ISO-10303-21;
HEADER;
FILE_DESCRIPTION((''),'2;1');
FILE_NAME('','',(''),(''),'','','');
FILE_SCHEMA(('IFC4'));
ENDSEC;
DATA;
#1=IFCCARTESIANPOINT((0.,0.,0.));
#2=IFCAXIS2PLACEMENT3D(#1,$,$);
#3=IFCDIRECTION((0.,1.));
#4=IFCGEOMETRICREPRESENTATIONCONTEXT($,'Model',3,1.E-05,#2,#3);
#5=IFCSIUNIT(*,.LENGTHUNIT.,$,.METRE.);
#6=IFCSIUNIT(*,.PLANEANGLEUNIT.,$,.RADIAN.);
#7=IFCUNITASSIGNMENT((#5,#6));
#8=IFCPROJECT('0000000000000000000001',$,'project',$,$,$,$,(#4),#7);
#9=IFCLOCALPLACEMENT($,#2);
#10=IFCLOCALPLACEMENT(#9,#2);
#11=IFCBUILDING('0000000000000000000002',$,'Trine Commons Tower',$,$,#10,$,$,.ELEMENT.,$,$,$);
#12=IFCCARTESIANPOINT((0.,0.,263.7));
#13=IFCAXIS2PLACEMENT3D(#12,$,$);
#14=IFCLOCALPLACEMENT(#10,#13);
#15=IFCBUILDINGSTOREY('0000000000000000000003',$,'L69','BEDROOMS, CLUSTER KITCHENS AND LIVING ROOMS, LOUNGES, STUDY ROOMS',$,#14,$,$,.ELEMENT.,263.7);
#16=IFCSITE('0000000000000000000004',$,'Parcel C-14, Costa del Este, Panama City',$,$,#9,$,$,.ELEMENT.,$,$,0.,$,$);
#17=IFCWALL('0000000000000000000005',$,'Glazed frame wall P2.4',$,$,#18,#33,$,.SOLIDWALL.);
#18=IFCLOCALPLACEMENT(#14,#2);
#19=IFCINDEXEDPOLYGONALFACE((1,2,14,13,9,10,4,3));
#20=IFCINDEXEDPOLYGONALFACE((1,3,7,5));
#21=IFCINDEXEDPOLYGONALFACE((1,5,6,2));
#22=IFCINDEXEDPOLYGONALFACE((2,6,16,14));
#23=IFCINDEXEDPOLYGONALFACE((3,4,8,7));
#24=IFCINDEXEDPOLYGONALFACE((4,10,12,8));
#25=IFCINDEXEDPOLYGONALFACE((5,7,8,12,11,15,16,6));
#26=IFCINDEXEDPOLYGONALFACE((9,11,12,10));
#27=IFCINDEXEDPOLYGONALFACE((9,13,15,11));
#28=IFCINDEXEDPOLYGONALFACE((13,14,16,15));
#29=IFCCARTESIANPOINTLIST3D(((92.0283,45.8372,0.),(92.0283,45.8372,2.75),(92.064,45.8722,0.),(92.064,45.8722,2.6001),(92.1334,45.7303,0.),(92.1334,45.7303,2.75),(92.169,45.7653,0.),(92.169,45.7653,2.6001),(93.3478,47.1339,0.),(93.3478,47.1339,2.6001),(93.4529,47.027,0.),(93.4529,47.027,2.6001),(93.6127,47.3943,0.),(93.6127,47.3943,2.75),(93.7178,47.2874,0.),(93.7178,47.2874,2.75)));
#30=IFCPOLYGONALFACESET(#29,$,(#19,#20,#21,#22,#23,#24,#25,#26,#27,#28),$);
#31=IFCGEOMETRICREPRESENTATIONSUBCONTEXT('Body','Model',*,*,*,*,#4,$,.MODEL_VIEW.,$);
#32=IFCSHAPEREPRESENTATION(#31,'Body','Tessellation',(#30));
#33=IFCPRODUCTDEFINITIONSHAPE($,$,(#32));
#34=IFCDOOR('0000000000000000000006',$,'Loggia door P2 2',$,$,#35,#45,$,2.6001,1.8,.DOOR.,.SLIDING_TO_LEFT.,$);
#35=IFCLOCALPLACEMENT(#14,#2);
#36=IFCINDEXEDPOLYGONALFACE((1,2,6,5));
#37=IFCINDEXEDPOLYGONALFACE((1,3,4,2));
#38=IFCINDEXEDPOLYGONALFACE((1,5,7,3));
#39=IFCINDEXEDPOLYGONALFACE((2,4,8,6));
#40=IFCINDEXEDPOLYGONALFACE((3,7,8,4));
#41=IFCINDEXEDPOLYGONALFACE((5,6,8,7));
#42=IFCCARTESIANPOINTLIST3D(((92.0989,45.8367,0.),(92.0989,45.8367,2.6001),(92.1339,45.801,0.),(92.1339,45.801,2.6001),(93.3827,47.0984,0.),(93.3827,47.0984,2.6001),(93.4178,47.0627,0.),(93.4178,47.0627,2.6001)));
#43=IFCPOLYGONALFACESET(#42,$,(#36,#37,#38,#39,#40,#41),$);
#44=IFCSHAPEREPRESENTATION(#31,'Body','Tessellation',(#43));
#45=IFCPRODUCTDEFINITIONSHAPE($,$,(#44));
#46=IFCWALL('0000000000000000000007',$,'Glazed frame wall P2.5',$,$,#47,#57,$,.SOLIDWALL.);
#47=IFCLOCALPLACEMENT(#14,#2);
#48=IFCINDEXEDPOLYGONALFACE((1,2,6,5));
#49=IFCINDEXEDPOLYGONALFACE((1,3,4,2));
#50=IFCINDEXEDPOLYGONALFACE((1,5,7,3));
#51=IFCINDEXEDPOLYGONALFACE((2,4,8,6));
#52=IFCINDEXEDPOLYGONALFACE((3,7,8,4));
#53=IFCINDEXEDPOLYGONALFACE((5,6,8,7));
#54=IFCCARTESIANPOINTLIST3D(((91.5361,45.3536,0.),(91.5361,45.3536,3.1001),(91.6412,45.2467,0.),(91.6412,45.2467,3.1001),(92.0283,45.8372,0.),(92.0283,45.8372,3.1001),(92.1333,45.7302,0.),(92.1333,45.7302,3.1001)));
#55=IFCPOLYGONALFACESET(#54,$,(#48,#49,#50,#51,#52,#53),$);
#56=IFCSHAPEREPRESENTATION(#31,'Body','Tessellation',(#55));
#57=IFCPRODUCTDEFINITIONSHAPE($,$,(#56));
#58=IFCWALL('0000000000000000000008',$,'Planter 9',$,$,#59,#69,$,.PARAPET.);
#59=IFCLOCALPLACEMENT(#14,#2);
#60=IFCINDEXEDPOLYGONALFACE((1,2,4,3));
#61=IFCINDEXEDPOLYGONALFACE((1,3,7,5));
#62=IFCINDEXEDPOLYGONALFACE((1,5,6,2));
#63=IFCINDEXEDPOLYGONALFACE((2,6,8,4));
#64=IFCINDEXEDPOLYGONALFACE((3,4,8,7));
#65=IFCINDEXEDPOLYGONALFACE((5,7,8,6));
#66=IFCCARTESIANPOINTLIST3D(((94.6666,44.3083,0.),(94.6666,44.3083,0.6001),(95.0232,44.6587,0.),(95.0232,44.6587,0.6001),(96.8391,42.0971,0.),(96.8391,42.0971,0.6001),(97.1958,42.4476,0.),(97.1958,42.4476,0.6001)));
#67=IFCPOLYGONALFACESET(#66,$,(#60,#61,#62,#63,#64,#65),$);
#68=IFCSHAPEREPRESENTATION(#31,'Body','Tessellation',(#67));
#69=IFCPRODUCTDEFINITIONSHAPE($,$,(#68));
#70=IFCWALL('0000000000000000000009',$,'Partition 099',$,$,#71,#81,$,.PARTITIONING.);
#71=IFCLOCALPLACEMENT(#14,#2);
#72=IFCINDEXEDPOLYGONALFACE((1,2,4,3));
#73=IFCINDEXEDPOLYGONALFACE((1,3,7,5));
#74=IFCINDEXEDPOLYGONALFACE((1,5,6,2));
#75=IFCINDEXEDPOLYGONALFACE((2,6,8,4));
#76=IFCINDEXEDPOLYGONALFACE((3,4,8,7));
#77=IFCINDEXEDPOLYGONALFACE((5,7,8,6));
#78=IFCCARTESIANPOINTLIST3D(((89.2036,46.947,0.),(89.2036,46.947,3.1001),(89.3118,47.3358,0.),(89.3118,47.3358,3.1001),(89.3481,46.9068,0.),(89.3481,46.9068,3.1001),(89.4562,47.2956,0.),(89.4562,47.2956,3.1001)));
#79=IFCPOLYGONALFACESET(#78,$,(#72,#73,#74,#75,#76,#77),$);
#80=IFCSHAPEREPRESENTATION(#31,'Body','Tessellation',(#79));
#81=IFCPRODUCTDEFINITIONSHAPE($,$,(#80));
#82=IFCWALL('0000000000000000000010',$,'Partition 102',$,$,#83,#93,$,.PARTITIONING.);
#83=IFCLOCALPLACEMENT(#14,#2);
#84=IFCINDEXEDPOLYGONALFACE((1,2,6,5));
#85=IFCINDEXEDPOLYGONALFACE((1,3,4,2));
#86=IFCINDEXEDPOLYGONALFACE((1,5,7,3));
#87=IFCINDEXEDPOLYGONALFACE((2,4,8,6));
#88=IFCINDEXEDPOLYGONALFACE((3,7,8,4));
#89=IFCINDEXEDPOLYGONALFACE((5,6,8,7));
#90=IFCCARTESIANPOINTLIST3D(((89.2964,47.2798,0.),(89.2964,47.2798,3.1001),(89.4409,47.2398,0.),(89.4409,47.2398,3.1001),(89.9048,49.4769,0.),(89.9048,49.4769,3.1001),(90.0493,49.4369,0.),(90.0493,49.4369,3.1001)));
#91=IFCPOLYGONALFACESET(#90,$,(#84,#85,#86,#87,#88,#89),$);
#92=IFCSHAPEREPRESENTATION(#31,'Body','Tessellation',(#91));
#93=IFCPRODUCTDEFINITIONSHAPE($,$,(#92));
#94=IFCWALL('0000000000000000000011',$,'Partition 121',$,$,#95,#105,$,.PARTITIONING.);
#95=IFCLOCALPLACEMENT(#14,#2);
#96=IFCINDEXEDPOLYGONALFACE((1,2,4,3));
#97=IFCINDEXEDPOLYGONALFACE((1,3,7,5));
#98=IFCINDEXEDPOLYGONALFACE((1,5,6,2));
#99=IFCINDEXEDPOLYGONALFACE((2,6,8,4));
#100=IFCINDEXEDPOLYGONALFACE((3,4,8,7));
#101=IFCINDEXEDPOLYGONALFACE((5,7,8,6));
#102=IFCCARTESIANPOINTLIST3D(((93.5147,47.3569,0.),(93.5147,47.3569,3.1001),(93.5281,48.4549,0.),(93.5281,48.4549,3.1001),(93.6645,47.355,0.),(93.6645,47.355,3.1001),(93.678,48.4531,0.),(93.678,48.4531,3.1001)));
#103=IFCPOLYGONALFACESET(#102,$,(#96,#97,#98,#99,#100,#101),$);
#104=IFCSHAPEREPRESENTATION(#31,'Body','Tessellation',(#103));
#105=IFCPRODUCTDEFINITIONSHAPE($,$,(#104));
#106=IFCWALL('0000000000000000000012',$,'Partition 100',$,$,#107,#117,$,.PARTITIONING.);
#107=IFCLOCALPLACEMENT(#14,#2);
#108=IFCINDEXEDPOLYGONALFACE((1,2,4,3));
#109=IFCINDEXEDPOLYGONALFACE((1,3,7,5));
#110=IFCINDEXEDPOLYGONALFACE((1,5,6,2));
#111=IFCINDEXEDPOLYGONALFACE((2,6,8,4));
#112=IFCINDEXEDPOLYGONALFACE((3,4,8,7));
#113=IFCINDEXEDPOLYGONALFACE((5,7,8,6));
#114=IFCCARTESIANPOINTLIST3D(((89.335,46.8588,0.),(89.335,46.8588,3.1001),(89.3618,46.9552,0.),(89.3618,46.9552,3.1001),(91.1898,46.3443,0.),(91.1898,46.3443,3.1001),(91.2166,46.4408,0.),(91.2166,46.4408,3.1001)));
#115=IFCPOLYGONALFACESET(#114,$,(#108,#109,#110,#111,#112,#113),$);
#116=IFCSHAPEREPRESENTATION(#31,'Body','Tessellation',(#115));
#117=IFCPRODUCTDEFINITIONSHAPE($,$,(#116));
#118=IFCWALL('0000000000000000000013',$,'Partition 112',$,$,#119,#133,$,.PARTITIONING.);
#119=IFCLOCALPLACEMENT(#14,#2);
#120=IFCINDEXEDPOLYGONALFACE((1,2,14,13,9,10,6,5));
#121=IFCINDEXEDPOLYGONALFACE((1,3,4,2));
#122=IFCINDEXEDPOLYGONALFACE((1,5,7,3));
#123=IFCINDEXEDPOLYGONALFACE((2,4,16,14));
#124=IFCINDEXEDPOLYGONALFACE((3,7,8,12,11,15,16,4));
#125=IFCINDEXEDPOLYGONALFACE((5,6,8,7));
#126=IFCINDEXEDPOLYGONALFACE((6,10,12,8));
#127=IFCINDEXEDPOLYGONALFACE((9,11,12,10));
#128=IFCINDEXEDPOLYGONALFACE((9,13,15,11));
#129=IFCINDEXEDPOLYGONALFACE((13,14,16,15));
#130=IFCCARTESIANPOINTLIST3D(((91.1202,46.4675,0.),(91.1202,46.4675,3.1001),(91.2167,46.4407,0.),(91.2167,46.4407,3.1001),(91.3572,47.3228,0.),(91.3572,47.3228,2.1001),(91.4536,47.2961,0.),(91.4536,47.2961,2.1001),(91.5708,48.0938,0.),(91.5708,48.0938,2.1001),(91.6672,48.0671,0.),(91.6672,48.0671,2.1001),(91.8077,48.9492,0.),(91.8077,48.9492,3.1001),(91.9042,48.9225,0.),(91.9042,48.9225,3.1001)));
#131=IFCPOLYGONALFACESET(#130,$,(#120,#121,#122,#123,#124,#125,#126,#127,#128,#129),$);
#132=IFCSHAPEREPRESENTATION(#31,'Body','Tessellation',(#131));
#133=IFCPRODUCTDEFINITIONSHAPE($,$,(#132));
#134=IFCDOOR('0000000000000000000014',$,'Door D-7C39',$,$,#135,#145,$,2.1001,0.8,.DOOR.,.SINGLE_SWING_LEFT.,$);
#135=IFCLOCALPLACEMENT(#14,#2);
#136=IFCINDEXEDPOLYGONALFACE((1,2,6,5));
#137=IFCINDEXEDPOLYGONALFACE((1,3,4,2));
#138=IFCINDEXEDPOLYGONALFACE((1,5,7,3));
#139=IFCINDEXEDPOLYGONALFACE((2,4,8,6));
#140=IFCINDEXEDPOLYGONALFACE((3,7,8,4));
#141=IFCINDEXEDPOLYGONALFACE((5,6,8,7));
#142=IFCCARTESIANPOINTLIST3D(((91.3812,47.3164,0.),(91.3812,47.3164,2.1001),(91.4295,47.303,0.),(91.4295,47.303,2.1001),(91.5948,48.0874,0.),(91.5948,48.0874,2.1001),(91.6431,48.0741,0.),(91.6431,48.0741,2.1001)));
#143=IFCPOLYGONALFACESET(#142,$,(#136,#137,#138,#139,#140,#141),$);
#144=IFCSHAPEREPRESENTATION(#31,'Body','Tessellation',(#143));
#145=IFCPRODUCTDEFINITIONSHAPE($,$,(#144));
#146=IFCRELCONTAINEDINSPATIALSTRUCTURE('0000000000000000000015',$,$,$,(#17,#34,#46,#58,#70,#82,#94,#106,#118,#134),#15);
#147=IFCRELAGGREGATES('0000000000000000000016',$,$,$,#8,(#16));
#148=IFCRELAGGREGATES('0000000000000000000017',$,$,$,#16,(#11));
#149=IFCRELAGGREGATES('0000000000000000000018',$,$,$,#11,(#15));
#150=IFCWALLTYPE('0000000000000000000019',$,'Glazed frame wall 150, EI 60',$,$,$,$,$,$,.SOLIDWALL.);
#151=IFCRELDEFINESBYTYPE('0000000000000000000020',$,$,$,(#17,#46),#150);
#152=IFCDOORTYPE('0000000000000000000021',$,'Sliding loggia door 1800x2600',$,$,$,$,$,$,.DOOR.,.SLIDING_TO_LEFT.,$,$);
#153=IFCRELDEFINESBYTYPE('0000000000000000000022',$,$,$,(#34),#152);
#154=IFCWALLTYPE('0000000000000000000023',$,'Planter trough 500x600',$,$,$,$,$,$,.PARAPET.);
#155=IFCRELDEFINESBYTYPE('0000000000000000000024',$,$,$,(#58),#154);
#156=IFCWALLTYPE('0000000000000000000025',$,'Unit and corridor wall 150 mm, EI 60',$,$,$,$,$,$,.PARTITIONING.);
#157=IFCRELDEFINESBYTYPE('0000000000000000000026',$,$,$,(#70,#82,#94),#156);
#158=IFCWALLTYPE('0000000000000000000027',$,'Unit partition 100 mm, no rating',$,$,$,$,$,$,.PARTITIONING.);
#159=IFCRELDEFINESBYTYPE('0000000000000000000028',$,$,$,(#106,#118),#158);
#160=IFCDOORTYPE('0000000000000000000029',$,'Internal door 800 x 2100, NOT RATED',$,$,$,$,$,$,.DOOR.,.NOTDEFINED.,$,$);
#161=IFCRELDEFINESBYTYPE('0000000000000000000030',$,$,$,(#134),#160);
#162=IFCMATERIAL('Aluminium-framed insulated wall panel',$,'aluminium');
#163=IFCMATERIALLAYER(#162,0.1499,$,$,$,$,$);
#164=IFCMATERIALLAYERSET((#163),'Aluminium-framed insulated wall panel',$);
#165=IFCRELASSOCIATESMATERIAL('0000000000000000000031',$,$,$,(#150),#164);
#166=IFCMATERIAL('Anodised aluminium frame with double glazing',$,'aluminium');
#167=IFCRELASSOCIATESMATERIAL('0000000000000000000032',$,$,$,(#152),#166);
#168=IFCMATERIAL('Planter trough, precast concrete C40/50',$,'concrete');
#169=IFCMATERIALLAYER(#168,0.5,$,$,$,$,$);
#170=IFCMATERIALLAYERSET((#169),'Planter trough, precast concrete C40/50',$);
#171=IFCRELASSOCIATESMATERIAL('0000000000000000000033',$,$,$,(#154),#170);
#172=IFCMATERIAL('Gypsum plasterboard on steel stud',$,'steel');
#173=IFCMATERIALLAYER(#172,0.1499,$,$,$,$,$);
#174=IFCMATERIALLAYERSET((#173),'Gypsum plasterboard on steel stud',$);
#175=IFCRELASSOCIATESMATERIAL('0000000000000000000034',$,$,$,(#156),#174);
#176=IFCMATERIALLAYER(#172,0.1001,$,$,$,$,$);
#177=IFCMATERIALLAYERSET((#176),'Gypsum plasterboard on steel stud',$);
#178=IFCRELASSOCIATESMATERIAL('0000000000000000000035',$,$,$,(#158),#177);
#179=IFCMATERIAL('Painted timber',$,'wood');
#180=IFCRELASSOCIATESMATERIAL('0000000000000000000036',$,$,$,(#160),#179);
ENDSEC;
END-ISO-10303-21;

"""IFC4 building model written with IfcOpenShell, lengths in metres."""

from ifc_helpers import new_model, si_unit, direction, frame, frame_2d, origin, place, context, subcontext, project, spatial, polyline, rectangle, outline, extrude, material, layer, layer_set, type_object, element, fill, save


model = new_model("IFC4")

# Units and contexts
model_context = context("Model", 3, precision=1e-05, world=origin(), true_north=direction((0.0, 1.0)))
body_context = subcontext(model_context, "Body", "Model", "MODEL_VIEW")
ifc_project = project(units=[si_unit("LENGTHUNIT", "METRE"), si_unit("PLANEANGLEUNIT", "RADIAN")], contexts=[model_context])

# Site, building, storey
site_placement = place(None, origin())
site = spatial("IfcSite", under=ifc_project, at=site_placement, Name="Parcel C-14, Costa del Este, Panama City", CompositionType="ELEMENT", RefElevation=0.0)
building_placement = place(site_placement, origin())
building = spatial("IfcBuilding", under=site, at=building_placement, Name="Trine Commons Tower", CompositionType="ELEMENT")
storey_placement = place(building_placement, frame((0.0, 0.0, 263.7)))
storey = spatial("IfcBuildingStorey", under=building, at=storey_placement, Name="L69", Description="BEDROOMS, CLUSTER KITCHENS AND LIVING ROOMS, LOUNGES, STUDY ROOMS", CompositionType="ELEMENT", Elevation=263.7)

# Wall, opening, door
ifc_material_1 = material(Name="Aluminium-framed insulated wall panel", Category="aluminium")
ifc_layer_1 = layer(ifc_material_1, 0.1499)
ifc_layer_set_1 = layer_set([ifc_layer_1], Name="Aluminium-framed insulated wall panel")
wall_type_1 = type_object("IfcWallType", Name="Glazed frame wall 150, EI 60", PredefinedType="SOLIDWALL", material=ifc_layer_set_1)
wall_1_placement = place(storey_placement, frame((93.6653, 47.3408, 0.0), z_axis=(0.0, 0.0, 1.0), x_axis=(-0.713234, -0.700926, 0.0)))
wall_1 = element("IfcWall", 1, at=wall_1_placement, inside=storey, type_object=wall_type_1, Name="Glazed frame wall P2.4", PredefinedType="SOLIDWALL", context=body_context, shape_type="SweptSolid", body=[
    extrude(outline(polyline([(0.0, -0.075), (2.2214, -0.075), (2.2214, 0.075), (0.0, 0.075), (0.0, -0.075)])), origin(), (0.0, 0.0, 1.0), 2.75),
])
opening_1_placement = place(wall_1_placement, frame((0.3716, 0.0, 0.0)))
opening_1 = element("IfcOpeningElement", 2, at=opening_1_placement, cuts=wall_1, PredefinedType="OPENING", context=body_context, shape_type="SweptSolid", body=[
    extrude(rectangle(XDim=1.8, YDim=2.6001, at=frame_2d((0.8999, 1.3))), frame((0.0, 0.085, 0.0), z_axis=(0.0, -1.0, 0.0), x_axis=(1.0, 0.0, 0.0)), (0.0, 0.0, 1.0), 0.1699),
])
ifc_material_2 = material(Name="Anodised aluminium frame with double glazing", Category="aluminium")
door_type_1 = type_object("IfcDoorType", Name="Sliding loggia door 1800x2600", OperationType="SLIDING_TO_LEFT", PredefinedType="DOOR", material=ifc_material_2)
door_1_placement = place(opening_1_placement, origin())
door_1 = element("IfcDoor", 3, at=door_1_placement, inside=storey, type_object=door_type_1, Name="Loggia door P2 2", OperationType="SLIDING_TO_LEFT", OverallHeight=2.6001, OverallWidth=1.8, PredefinedType="DOOR", context=body_context, shape_type="SweptSolid", body=[
    extrude(rectangle(XDim=1.8, YDim=2.6001, at=frame_2d((0.8999, 1.3))), frame((0.0, 0.0249, 0.0), z_axis=(0.0, -1.0, 0.0), x_axis=(1.0, 0.0, 0.0)), (0.0, 0.0, 1.0), 0.05),
])
fill(opening_1, door_1)

# Wall
wall_2_placement = place(storey_placement, frame((92.0808, 45.7837, 0.0), z_axis=(0.0, 0.0, 1.0), x_axis=(-0.713334, -0.700824, 0.0)))
element("IfcWall", 4, at=wall_2_placement, inside=storey, type_object=wall_type_1, Name="Glazed frame wall P2.5", PredefinedType="SOLIDWALL", context=body_context, shape_type="SweptSolid", body=[
    extrude(outline(polyline([(0.6899, 0.075), (0.0, 0.075), (0.0, -0.075), (0.6899, -0.075), (0.6899, 0.075)])), origin(), (0.0, 0.0, 1.0), 3.1001),
])

# Walls
ifc_material_3 = material(Name="Planter trough, precast concrete C40/50", Category="concrete")
ifc_layer_2 = layer(ifc_material_3, 0.5)
ifc_layer_set_2 = layer_set([ifc_layer_2], Name="Planter trough, precast concrete C40/50")
wall_type_2 = type_object("IfcWallType", Name="Planter trough 500x600", PredefinedType="PARAPET", material=ifc_layer_set_2)
wall_3_placement = place(storey_placement, frame((94.845, 44.4834, 0.0), z_axis=(0.0, 0.0, 1.0), x_axis=(0.700858, -0.713301, 0.0)))
element("IfcWall", 5, at=wall_3_placement, inside=storey, type_object=wall_type_2, Name="Planter 9", PredefinedType="PARAPET", context=body_context, shape_type="SweptSolid", body=[
    extrude(rectangle(XDim=3.0999, YDim=0.5, at=frame_2d((1.5498, 0.0))), origin(), (0.0, 0.0, 1.0), 0.6001),
])
ifc_material_4 = material(Name="Gypsum plasterboard on steel stud", Category="steel")
ifc_layer_3 = layer(ifc_material_4, 0.1499)
ifc_layer_set_3 = layer_set([ifc_layer_3], Name="Gypsum plasterboard on steel stud")
wall_type_3 = type_object("IfcWallType", Name="Unit and corridor wall 150 mm, EI 60", PredefinedType="PARTITIONING", material=ifc_layer_set_3)
wall_4_placement = place(storey_placement, frame((89.2759, 46.927, 0.0), z_axis=(0.0, 0.0, 1.0), x_axis=(0.267925, 0.96344, 0.0)))
element("IfcWall", 6, at=wall_4_placement, inside=storey, type_object=wall_type_3, Name="Partition 099", PredefinedType="PARTITIONING", context=body_context, shape_type="SweptSolid", body=[
    extrude(rectangle(XDim=0.4036, YDim=0.1499, at=frame_2d((0.2017, 0.0))), origin(), (0.0, 0.0, 1.0), 3.1001),
])
wall_5_placement = place(storey_placement, frame((89.3687, 47.2598, 0.0), z_axis=(0.0, 0.0, 1.0), x_axis=(0.266876, 0.963731, 0.0)))
element("IfcWall", 7, at=wall_5_placement, inside=storey, type_object=wall_type_3, Name="Partition 102", PredefinedType="PARTITIONING", context=body_context, shape_type="SweptSolid", body=[
    extrude(rectangle(XDim=2.2798, YDim=0.1499, at=frame_2d((1.1399, 0.0))), origin(), (0.0, 0.0, 1.0), 3.1001),
])
wall_6_placement = place(storey_placement, frame((93.5896, 47.356, 0.0), z_axis=(0.0, 0.0, 1.0), x_axis=(0.012227, 0.999925, 0.0)))
element("IfcWall", 8, at=wall_6_placement, inside=storey, type_object=wall_type_3, Name="Partition 121", PredefinedType="PARTITIONING", context=body_context, shape_type="SweptSolid", body=[
    extrude(rectangle(XDim=1.0981, YDim=0.1499, at=frame_2d((0.5491, 0.0))), origin(), (0.0, 0.0, 1.0), 3.1001),
])
ifc_layer_4 = layer(ifc_material_4, 0.1001)
ifc_layer_set_4 = layer_set([ifc_layer_4], Name="Gypsum plasterboard on steel stud")
wall_type_4 = type_object("IfcWallType", Name="Unit partition 100 mm, no rating", PredefinedType="PARTITIONING", material=ifc_layer_set_4)
wall_7_placement = place(storey_placement, frame((89.3484, 46.907, 0.0), z_axis=(0.0, 0.0, 1.0), x_axis=(0.963625, -0.267258, 0.0)))
element("IfcWall", 9, at=wall_7_placement, inside=storey, type_object=wall_type_4, Name="Partition 100", PredefinedType="PARTITIONING", context=body_context, shape_type="SweptSolid", body=[
    extrude(rectangle(XDim=1.9248, YDim=0.1001, at=frame_2d((0.9624, 0.0))), origin(), (0.0, 0.0, 1.0), 3.1001),
])

# Wall, opening, door
wall_8_placement = place(storey_placement, frame((91.1685, 46.4541, 0.0), z_axis=(0.0, 0.0, 1.0), x_axis=(0.266974, 0.963704, 0.0)))
wall_8 = element("IfcWall", 10, at=wall_8_placement, inside=storey, type_object=wall_type_4, Name="Partition 112", PredefinedType="PARTITIONING", context=body_context, shape_type="SweptSolid", body=[
    extrude(rectangle(XDim=2.5752, YDim=0.1001, at=frame_2d((1.2876, 0.0))), origin(), (0.0, 0.0, 1.0), 3.1001),
])
opening_2_placement = place(wall_8_placement, frame((0.8877, 0.0, 0.0)))
opening_2 = element("IfcOpeningElement", 11, at=opening_2_placement, cuts=wall_8, PredefinedType="OPENING", context=body_context, shape_type="SweptSolid", body=[
    extrude(rectangle(XDim=0.8, YDim=2.1001, at=frame_2d((0.3999, 1.05))), frame((0.0, 0.0601, 0.0), z_axis=(0.0, -1.0, 0.0), x_axis=(1.0, 0.0, 0.0)), (0.0, 0.0, 1.0), 0.1201),
])
ifc_material_5 = material(Name="Painted timber", Category="wood")
door_type_2 = type_object("IfcDoorType", Name="Internal door 800 x 2100, NOT RATED", OperationType="NOTDEFINED", PredefinedType="DOOR", material=ifc_material_5)
door_2_placement = place(opening_2_placement, frame((0.8, 0.0, 0.0), z_axis=(0.0, 0.0, 1.0), x_axis=(-1.0, 0.0, 0.0)))
door_2 = element("IfcDoor", 12, at=door_2_placement, inside=storey, type_object=door_type_2, Name="Door D-7C39", OperationType="SINGLE_SWING_LEFT", OverallHeight=2.1001, OverallWidth=0.8, PredefinedType="DOOR", context=body_context, shape_type="SweptSolid", body=[
    extrude(rectangle(XDim=0.8, YDim=2.1001, at=frame_2d((0.3999, 1.05))), frame((0.0, 0.0249, 0.0), z_axis=(0.0, -1.0, 0.0), x_axis=(1.0, 0.0, 0.0)), (0.0, 0.0, 1.0), 0.05),
])
fill(opening_2, door_2)

save(model, "model.ifc")
